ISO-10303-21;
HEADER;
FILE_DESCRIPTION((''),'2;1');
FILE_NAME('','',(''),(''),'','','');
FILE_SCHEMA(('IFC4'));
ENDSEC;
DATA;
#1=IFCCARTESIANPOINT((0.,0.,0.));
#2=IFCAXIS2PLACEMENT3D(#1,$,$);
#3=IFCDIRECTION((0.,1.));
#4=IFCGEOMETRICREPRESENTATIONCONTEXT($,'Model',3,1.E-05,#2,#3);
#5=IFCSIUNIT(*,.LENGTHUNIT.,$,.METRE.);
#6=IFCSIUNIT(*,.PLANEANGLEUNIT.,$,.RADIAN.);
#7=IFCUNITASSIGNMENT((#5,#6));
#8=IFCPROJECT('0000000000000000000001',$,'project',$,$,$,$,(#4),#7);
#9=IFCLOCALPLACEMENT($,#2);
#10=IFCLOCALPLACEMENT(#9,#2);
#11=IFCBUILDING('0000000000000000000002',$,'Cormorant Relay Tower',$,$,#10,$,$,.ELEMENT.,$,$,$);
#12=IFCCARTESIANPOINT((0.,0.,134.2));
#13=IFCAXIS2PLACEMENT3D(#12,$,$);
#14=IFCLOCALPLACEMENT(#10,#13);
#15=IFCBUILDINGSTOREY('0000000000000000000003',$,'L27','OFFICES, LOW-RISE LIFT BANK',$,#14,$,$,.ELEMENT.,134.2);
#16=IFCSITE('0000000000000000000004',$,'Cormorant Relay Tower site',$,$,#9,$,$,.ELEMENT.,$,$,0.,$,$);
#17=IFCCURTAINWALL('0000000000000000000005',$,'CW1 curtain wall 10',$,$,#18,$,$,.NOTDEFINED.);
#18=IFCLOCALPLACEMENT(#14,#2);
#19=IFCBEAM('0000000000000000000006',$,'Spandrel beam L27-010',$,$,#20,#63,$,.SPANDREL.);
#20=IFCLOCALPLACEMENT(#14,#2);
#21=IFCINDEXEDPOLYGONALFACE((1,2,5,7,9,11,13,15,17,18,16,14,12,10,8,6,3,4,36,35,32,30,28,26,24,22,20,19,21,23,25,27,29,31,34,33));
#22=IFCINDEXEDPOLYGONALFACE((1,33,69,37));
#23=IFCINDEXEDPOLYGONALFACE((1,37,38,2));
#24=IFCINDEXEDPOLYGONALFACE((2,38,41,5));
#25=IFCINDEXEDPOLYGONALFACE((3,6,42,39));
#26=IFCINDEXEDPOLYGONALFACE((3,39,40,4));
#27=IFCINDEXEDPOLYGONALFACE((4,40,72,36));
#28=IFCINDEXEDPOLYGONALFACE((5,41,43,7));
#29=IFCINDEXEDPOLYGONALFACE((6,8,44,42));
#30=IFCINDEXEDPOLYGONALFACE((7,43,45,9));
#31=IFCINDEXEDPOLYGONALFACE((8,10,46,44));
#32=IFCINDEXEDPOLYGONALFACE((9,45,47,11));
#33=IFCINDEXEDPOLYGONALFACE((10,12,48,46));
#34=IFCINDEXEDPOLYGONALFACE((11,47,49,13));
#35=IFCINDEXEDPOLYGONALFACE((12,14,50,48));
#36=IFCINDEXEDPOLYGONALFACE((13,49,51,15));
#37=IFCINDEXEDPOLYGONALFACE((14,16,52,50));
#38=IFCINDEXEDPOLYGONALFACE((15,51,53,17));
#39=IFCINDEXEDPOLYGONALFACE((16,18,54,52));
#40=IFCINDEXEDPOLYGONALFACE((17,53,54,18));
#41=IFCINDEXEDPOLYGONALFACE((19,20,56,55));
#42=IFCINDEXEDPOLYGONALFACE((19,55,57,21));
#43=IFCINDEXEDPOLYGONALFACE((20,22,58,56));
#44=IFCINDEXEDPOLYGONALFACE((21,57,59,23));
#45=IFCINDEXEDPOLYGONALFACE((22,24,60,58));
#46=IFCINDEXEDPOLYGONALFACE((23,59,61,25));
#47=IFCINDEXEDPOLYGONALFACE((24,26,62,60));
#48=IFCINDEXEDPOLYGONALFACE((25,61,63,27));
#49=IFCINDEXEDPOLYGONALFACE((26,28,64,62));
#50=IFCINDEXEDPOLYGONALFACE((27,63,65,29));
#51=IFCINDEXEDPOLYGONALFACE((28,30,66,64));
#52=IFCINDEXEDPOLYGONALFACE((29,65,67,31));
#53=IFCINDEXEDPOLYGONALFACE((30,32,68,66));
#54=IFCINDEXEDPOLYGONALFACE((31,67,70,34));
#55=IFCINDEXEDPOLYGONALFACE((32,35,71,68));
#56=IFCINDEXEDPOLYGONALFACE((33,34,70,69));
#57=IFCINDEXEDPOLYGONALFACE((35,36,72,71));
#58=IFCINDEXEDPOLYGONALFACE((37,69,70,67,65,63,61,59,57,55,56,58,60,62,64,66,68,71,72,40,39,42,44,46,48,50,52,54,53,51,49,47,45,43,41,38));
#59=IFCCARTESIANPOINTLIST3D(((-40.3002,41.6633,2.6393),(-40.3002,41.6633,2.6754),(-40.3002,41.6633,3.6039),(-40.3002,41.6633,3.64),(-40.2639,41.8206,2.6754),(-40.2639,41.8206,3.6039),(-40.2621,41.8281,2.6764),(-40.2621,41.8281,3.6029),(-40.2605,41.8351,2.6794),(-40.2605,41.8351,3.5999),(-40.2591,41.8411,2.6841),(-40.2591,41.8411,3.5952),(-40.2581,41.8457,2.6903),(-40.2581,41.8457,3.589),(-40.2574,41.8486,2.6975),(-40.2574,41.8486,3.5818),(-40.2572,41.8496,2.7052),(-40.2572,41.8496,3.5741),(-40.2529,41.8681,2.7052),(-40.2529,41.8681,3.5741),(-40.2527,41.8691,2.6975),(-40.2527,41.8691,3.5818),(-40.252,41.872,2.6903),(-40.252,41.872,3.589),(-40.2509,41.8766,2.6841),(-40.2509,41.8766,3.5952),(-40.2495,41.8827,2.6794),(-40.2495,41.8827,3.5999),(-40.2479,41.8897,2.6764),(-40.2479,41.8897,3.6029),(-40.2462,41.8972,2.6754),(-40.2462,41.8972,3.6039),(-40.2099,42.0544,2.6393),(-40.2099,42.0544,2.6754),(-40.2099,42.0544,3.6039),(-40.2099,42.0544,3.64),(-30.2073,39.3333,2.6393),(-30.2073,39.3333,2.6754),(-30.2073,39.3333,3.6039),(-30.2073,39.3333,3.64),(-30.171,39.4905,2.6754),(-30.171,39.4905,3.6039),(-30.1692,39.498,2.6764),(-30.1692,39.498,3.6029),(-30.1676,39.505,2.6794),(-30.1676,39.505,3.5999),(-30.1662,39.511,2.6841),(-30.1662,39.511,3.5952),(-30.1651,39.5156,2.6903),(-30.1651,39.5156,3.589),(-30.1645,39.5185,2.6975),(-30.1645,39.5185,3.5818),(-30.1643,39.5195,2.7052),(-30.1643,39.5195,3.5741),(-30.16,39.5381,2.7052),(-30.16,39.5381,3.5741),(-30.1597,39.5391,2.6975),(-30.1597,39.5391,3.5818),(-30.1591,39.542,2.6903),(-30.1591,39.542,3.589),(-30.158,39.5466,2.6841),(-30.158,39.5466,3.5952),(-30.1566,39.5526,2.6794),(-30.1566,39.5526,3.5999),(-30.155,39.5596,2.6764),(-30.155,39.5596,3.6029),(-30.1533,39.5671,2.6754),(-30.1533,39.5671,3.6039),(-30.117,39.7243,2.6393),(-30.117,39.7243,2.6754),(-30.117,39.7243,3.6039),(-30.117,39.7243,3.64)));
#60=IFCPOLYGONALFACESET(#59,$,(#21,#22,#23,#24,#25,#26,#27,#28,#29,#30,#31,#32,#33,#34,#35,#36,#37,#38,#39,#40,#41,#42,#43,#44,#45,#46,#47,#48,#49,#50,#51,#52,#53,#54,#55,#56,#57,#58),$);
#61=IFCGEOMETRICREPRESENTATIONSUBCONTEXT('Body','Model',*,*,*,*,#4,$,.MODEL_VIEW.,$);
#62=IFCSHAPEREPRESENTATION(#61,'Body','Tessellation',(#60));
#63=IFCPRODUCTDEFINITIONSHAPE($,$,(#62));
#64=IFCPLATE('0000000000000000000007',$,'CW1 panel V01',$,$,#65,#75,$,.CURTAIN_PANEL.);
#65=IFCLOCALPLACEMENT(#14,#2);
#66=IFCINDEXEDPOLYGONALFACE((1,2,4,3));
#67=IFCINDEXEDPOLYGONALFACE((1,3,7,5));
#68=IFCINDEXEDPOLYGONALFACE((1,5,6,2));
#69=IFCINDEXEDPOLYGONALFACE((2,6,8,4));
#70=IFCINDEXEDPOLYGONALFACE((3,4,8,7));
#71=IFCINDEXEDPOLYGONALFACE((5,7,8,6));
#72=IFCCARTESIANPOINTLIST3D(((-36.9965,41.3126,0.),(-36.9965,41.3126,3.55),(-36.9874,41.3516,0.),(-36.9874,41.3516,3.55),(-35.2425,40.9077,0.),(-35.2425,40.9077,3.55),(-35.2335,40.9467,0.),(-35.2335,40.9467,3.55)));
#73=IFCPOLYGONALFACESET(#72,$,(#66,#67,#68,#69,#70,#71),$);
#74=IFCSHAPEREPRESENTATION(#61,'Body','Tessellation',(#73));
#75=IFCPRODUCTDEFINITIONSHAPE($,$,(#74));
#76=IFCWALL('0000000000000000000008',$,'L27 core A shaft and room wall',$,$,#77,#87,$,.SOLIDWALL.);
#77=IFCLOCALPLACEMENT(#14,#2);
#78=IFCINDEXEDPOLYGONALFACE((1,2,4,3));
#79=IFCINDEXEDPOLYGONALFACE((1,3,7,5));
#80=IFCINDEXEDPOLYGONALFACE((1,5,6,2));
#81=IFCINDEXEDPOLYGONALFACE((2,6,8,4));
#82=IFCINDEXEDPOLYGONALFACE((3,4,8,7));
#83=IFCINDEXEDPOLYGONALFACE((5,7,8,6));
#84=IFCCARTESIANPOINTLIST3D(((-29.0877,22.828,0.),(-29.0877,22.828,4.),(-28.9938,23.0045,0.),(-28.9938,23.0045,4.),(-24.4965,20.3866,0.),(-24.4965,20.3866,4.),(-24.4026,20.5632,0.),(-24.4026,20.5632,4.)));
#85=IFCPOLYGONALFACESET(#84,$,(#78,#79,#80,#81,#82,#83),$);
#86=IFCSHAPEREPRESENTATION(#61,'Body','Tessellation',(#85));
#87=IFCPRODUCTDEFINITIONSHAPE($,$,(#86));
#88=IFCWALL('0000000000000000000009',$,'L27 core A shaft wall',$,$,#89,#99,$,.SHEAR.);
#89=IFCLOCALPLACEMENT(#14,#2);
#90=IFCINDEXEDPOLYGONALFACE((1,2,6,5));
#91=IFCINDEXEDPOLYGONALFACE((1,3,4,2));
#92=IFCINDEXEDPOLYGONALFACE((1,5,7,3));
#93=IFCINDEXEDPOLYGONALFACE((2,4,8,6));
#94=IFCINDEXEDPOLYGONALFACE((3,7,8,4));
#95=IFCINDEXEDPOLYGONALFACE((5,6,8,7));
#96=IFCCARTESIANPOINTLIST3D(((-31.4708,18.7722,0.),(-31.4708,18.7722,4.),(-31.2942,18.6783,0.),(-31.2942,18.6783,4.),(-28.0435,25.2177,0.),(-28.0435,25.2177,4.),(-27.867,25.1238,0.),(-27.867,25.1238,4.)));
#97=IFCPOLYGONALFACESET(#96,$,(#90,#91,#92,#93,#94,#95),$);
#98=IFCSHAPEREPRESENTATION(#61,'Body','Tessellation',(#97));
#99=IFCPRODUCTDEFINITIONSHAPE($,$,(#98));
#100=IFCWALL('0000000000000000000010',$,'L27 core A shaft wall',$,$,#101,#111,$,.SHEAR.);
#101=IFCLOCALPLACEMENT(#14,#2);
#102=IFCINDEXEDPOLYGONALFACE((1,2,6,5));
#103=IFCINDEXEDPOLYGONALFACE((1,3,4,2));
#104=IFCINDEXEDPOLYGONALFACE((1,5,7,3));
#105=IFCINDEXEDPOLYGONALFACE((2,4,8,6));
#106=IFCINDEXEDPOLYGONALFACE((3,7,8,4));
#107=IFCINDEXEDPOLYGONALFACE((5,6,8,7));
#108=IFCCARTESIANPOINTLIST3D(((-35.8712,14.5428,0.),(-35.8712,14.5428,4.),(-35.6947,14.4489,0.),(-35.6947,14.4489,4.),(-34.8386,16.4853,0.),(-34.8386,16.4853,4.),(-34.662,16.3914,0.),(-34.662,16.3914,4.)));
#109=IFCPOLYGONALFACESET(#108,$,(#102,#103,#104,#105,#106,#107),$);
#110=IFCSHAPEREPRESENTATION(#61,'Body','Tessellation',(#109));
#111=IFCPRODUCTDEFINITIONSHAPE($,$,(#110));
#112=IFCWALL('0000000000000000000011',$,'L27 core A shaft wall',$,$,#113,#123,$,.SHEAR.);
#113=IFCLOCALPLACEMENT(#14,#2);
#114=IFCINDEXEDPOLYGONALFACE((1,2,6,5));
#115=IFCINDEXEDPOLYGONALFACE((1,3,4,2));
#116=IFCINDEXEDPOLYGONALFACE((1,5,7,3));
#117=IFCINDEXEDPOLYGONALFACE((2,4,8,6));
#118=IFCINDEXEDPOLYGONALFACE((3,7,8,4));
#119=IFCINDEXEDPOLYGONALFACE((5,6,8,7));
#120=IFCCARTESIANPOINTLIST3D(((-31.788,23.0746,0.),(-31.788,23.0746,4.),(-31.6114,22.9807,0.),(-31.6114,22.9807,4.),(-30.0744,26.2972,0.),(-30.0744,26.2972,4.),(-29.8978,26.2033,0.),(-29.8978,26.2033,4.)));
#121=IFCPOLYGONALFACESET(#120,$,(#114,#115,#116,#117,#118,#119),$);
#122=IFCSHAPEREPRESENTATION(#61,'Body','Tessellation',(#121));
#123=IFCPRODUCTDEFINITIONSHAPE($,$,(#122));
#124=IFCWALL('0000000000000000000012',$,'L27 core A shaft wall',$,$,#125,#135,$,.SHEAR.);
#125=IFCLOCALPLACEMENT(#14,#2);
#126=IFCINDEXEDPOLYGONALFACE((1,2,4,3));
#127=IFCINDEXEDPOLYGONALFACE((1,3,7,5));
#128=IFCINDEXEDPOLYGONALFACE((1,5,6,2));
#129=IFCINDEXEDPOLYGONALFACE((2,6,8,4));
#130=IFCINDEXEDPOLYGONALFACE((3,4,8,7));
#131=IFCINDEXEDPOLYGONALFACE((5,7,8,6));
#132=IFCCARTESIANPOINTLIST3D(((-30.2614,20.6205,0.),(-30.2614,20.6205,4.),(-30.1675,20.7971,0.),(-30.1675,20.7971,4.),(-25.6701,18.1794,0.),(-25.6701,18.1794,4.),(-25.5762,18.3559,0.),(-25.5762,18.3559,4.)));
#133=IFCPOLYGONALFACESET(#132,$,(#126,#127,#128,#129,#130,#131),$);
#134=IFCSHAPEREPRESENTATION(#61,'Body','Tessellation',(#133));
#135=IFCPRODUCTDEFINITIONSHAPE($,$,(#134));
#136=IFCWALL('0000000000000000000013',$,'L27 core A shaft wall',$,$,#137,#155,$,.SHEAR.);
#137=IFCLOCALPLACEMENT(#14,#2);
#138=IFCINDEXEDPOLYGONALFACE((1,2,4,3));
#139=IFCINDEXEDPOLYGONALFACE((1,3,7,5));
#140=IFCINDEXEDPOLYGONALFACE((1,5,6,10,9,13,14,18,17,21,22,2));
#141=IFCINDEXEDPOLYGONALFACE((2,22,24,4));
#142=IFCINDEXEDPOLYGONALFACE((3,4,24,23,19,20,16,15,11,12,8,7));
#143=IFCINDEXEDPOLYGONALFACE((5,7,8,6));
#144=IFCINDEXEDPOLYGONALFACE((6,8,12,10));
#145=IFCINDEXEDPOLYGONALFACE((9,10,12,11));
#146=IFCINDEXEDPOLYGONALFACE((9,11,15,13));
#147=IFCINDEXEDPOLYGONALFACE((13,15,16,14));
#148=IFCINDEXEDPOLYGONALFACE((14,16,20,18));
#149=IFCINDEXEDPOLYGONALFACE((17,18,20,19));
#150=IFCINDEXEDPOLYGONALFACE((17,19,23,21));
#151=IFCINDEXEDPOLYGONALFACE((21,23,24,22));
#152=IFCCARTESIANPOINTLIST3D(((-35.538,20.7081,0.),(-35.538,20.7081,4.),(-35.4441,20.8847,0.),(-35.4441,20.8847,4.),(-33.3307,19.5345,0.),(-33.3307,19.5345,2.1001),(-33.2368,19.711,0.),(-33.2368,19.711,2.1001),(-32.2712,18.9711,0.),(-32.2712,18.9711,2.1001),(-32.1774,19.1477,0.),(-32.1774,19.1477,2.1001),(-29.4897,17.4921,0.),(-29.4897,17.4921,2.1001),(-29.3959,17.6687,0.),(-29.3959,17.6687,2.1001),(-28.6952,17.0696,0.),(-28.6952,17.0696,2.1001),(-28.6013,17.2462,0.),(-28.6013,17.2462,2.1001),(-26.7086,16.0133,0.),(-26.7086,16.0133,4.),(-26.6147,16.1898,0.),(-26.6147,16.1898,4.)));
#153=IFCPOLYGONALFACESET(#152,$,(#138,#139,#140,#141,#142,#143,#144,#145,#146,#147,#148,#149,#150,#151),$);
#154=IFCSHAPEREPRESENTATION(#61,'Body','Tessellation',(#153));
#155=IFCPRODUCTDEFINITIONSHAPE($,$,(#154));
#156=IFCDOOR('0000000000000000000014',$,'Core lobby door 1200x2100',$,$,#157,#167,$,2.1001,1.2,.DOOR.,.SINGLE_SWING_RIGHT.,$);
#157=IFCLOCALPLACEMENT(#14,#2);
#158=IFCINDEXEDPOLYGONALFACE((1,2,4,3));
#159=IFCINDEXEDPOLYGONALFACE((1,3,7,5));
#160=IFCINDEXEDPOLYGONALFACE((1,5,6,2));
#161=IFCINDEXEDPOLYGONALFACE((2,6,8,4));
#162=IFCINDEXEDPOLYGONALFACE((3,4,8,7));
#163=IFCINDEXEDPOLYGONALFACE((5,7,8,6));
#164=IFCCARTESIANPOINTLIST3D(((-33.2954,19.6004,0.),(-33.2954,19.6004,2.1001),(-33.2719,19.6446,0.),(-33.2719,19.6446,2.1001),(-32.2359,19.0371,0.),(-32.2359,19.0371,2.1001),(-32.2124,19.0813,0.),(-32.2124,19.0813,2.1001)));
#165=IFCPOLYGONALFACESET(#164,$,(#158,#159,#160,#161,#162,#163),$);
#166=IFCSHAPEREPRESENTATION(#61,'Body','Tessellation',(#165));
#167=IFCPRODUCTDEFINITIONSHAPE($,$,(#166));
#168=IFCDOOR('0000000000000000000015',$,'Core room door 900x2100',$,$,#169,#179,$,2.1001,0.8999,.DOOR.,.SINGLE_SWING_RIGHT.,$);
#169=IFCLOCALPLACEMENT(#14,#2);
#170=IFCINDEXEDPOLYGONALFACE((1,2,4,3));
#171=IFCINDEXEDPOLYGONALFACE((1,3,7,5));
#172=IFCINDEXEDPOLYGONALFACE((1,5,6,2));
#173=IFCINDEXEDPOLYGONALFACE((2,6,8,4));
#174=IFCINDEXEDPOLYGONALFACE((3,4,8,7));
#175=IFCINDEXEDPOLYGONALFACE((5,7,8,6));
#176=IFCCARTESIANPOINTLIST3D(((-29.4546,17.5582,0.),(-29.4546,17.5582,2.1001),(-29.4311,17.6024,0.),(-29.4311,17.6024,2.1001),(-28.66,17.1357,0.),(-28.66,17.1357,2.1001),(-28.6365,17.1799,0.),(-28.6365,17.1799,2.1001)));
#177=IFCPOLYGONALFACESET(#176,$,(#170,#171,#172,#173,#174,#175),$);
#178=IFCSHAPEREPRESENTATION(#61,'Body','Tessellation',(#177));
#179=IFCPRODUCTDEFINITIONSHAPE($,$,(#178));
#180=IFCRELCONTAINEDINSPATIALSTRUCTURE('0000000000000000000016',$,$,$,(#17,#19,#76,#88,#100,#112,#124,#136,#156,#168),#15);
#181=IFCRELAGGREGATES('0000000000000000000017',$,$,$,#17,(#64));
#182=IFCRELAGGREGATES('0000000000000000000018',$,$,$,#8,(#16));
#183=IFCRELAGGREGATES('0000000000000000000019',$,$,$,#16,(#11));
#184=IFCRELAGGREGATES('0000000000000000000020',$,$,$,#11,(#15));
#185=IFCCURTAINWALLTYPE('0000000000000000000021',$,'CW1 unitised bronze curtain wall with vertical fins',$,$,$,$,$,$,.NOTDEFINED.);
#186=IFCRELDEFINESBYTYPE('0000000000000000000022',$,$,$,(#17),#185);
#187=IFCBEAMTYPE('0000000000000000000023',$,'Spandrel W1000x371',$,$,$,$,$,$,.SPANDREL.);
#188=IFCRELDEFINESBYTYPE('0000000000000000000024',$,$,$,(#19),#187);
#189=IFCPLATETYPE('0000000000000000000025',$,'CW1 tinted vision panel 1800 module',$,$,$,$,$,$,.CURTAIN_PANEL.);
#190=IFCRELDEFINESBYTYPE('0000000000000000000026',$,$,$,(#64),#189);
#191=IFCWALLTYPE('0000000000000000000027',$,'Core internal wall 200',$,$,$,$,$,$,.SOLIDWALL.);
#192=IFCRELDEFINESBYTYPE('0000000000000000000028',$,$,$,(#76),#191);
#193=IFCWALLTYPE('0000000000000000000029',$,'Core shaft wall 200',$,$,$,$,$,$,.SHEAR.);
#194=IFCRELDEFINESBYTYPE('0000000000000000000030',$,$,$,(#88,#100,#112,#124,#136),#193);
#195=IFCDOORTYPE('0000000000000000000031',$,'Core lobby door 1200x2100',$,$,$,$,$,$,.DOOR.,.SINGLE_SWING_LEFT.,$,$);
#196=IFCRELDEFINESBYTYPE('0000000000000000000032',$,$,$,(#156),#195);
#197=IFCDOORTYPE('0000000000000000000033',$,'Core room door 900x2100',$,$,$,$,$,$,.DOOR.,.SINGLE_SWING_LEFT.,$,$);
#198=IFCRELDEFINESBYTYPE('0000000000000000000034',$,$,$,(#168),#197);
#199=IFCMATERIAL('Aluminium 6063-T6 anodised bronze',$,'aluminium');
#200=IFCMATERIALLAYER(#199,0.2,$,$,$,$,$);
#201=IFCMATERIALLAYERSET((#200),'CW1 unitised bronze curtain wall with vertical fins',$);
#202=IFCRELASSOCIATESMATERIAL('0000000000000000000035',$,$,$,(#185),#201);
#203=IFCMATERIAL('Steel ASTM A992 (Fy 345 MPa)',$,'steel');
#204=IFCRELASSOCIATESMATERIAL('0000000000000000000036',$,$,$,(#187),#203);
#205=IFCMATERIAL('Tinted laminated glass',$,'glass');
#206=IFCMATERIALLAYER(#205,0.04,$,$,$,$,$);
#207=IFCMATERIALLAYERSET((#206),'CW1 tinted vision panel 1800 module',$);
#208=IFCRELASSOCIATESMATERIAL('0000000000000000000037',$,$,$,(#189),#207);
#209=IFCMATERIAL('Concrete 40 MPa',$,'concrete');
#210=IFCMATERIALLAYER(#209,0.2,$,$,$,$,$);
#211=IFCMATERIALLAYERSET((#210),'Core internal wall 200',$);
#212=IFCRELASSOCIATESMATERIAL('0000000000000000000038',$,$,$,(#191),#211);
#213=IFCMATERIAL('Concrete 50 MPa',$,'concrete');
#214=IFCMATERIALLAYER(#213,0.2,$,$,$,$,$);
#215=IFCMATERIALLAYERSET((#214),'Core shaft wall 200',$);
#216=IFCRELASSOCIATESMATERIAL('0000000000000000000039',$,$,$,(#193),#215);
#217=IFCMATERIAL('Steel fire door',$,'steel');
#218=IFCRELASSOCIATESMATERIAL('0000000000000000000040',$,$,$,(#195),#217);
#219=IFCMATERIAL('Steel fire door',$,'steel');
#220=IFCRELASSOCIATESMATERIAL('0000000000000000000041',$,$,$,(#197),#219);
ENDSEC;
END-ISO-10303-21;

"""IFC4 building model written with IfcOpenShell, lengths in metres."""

from ifc_helpers import new_model, si_unit, direction, frame, frame_2d, origin, origin_2d, place, context, subcontext, project, spatial, rectangle, i_section, extrude, material, layer, layer_set, material_profile, profile_set, type_object, element, fill, aggregate, save


model = new_model("IFC4")

# Units and contexts
model_context = context("Model", 3, precision=1e-05, world=origin(), true_north=direction((0.0, 1.0)))
body_context = subcontext(model_context, "Body", "Model", "MODEL_VIEW")
ifc_project = project(units=[si_unit("LENGTHUNIT", "METRE"), si_unit("PLANEANGLEUNIT", "RADIAN")], contexts=[model_context])

# Site, building, storey
site_placement = place(None, origin())
site = spatial("IfcSite", under=ifc_project, at=site_placement, Name="Cormorant Relay Tower site", CompositionType="ELEMENT", RefElevation=0.0)
building_placement = place(site_placement, origin())
building = spatial("IfcBuilding", under=site, at=building_placement, Name="Cormorant Relay Tower", CompositionType="ELEMENT")
storey_placement = place(building_placement, frame((0.0, 0.0, 134.2)))
storey = spatial("IfcBuildingStorey", under=building, at=storey_placement, Name="L27", Description="OFFICES, LOW-RISE LIFT BANK", CompositionType="ELEMENT", Elevation=134.2)

# Shared definitions
ifc_material_1 = material(Name="Aluminium 6063-T6 anodised bronze", Category="aluminium")
ifc_layer_1 = layer(ifc_material_1, 0.2)
ifc_layer_set_1 = layer_set([ifc_layer_1], Name="CW1 unitised bronze curtain wall with vertical fins")
curtain_wall_type = type_object("IfcCurtainWallType", Name="CW1 unitised bronze curtain wall with vertical fins", PredefinedType="NOTDEFINED", material=ifc_layer_set_1)

# Curtain wall
curtain_wall_1_placement = place(storey_placement, origin())
curtain_wall_1 = element("IfcCurtainWall", 1, at=curtain_wall_1_placement, inside=storey, type_object=curtain_wall_type, Name="CW1 curtain wall 10", PredefinedType="NOTDEFINED")

# Beam
ifc_material_2 = material(Name="Steel ASTM A992 (Fy 345 MPa)", Category="steel")
ifc_material_profile_1 = material_profile(ifc_material_2, i_section(OverallWidth=0.4014, OverallDepth=1.0007, WebThickness=0.019, FlangeThickness=0.0361, FilletRadius=0.0298, at=origin_2d()), Name="W1000x371")
ifc_profile_set_1 = profile_set([ifc_material_profile_1], Name="Steel ASTM A992 (Fy 345 MPa)")
beam_type = type_object("IfcBeamType", Name="Spandrel W1000x371", PredefinedType="SPANDREL", material=ifc_profile_set_1)
beam_placement = place(storey_placement, frame((-30.1621, 39.5288, 3.1396), z_axis=(-0.974372, 0.224944, 0.0), x_axis=(-0.224944, -0.974372, 0.0)))
element("IfcBeam", 2, at=beam_placement, inside=storey, type_object=beam_type, Name="Spandrel beam L27-010", PredefinedType="SPANDREL", context=body_context, shape_type="SweptSolid", body=[
    extrude(i_section(OverallWidth=0.4014, OverallDepth=1.0007, WebThickness=0.019, FlangeThickness=0.0361, FilletRadius=0.0298, at=origin_2d()), origin(), (0.0, 0.0, 1.0), 10.3584),
])

# Plate
ifc_material_3 = material(Name="Tinted laminated glass", Category="glass")
ifc_layer_2 = layer(ifc_material_3, 0.04)
ifc_layer_set_2 = layer_set([ifc_layer_2], Name="CW1 tinted vision panel 1800 module")
plate_type = type_object("IfcPlateType", Name="CW1 tinted vision panel 1800 module", PredefinedType="CURTAIN_PANEL", material=ifc_layer_set_2)
plate_placement = place(storey_placement, frame((-36.115, 41.1296, 0.0), z_axis=(0.0, 0.0, 1.0), x_axis=(-0.97437, 0.224951, 0.0)))
plate = element("IfcPlate", 3, at=plate_placement, type_object=plate_type, Name="CW1 panel V01", PredefinedType="CURTAIN_PANEL", context=body_context, shape_type="SweptSolid", body=[
    extrude(rectangle(XDim=1.8, YDim=0.04, at=origin_2d()), origin(), (0.0, 0.0, 1.0), 3.55),
])

# Walls
ifc_material_4 = material(Name="Concrete 40 MPa", Category="concrete")
ifc_layer_3 = layer(ifc_material_4, 0.2)
ifc_layer_set_3 = layer_set([ifc_layer_3], Name="Core internal wall 200")
wall_type_1 = type_object("IfcWallType", Name="Core internal wall 200", PredefinedType="SOLIDWALL", material=ifc_layer_set_3)
wall_1_placement = place(storey_placement, frame((-24.4495, 20.4749, 0.0), z_axis=(0.0, 0.0, 1.0), x_axis=(-0.882935, 0.469496, 0.0)))
element("IfcWall", 4, at=wall_1_placement, inside=storey, type_object=wall_type_1, Name="L27 core A shaft and room wall", PredefinedType="SOLIDWALL", context=body_context, shape_type="SweptSolid", body=[
    extrude(rectangle(XDim=5.2, YDim=0.2, at=frame_2d((2.6001, 0.0))), origin(), (0.0, 0.0, 1.0), 4.0),
])
ifc_material_5 = material(Name="Concrete 50 MPa", Category="concrete")
ifc_layer_4 = layer(ifc_material_5, 0.2)
ifc_layer_set_4 = layer_set([ifc_layer_4], Name="Core shaft wall 200")
wall_type_2 = type_object("IfcWallType", Name="Core shaft wall 200", PredefinedType="SHEAR", material=ifc_layer_set_4)
wall_2_placement = place(storey_placement, frame((-27.9553, 25.1707, 0.0), z_axis=(0.0, 0.0, 1.0), x_axis=(-0.46948, -0.882943, 0.0)))
element("IfcWall", 5, at=wall_2_placement, inside=storey, type_object=wall_type_2, Name="L27 core A shaft wall", PredefinedType="SHEAR", context=body_context, shape_type="SweptSolid", body=[
    extrude(rectangle(XDim=7.3, YDim=0.2, at=frame_2d((3.6499, 0.0))), origin(), (0.0, 0.0, 1.0), 4.0),
])
wall_3_placement = place(storey_placement, frame((-34.7502, 16.4385, 0.0), z_axis=(0.0, 0.0, 1.0), x_axis=(-0.469401, -0.882985, 0.0)))
element("IfcWall", 6, at=wall_3_placement, inside=storey, type_object=wall_type_2, Name="L27 core A shaft wall", PredefinedType="SHEAR", context=body_context, shape_type="SweptSolid", body=[
    extrude(rectangle(XDim=2.2, YDim=0.2, at=frame_2d((1.1001, 0.0))), origin(), (0.0, 0.0, 1.0), 4.0),
])
wall_4_placement = place(storey_placement, frame((-29.9861, 26.2502, 0.0), z_axis=(0.0, 0.0, 1.0), x_axis=(-0.469494, -0.882936, 0.0)))
element("IfcWall", 7, at=wall_4_placement, inside=storey, type_object=wall_type_2, Name="L27 core A shaft wall", PredefinedType="SHEAR", context=body_context, shape_type="SweptSolid", body=[
    extrude(rectangle(XDim=3.6499, YDim=0.2, at=frame_2d((1.825, 0.0))), origin(), (0.0, 0.0, 1.0), 4.0),
])

# Wall
wall_5_placement = place(storey_placement, frame((-25.623, 18.2676, 0.0), z_axis=(0.0, 0.0, 1.0), x_axis=(-0.882954, 0.46946, 0.0)))
element("IfcWall", 8, at=wall_5_placement, inside=storey, type_object=wall_type_2, Name="L27 core A shaft wall", PredefinedType="SHEAR", context=body_context, shape_type="SweptSolid", body=[
    extrude(rectangle(XDim=5.2, YDim=0.2, at=frame_2d((2.6001, 0.0))), origin(), (0.0, 0.0, 1.0), 4.0),
])

# Wall, openings, doors
wall_6_placement = place(storey_placement, frame((-26.6616, 16.1016, 0.0), z_axis=(0.0, 0.0, 1.0), x_axis=(-0.88294, 0.469485, 0.0)))
wall_6 = element("IfcWall", 9, at=wall_6_placement, inside=storey, type_object=wall_type_2, Name="L27 core A shaft wall", PredefinedType="SHEAR", context=body_context, shape_type="SweptSolid", body=[
    extrude(rectangle(XDim=10.0, YDim=0.2, at=frame_2d((5.0, 0.0))), origin(), (0.0, 0.0, 1.0), 4.0),
])
opening_1_placement = place(wall_6_placement, frame((6.3, 0.0, 0.0)))
opening_1 = element("IfcOpeningElement", 10, at=opening_1_placement, cuts=wall_6, PredefinedType="OPENING", context=body_context, shape_type="SweptSolid", body=[
    extrude(rectangle(XDim=1.2, YDim=2.1001, at=frame_2d((0.6001, 1.05))), frame((0.0, 0.1099, 0.0), z_axis=(0.0, -1.0, 0.0), x_axis=(1.0, 0.0, 0.0)), (0.0, 0.0, 1.0), 0.22),
])
opening_2_placement = place(wall_6_placement, frame((2.25, 0.0, 0.0)))
opening_2 = element("IfcOpeningElement", 11, at=opening_2_placement, cuts=wall_6, PredefinedType="OPENING", context=body_context, shape_type="SweptSolid", body=[
    extrude(rectangle(XDim=0.8999, YDim=2.1001, at=frame_2d((0.45, 1.05))), frame((0.0, 0.1099, 0.0), z_axis=(0.0, -1.0, 0.0), x_axis=(1.0, 0.0, 0.0)), (0.0, 0.0, 1.0), 0.22),
])
ifc_material_6 = material(Name="Steel fire door", Category="steel")
door_type_1 = type_object("IfcDoorType", Name="Core lobby door 1200x2100", OperationType="SINGLE_SWING_LEFT", PredefinedType="DOOR", material=ifc_material_6)
door_1_placement = place(opening_1_placement, frame((1.2, 0.0, 0.0), z_axis=(0.0, 0.0, 1.0), x_axis=(-1.0, 0.0, 0.0)))
door_1 = element("IfcDoor", 12, at=door_1_placement, inside=storey, type_object=door_type_1, Name="Core lobby door 1200x2100", OperationType="SINGLE_SWING_RIGHT", OverallHeight=2.1001, OverallWidth=1.2, PredefinedType="DOOR", context=body_context, shape_type="SweptSolid", body=[
    extrude(rectangle(XDim=1.2, YDim=2.1001, at=frame_2d((0.6001, 1.05))), frame((0.0, 0.0249, 0.0), z_axis=(0.0, -1.0, 0.0), x_axis=(1.0, 0.0, 0.0)), (0.0, 0.0, 1.0), 0.05),
])
fill(opening_1, door_1)
ifc_material_7 = material(Name="Steel fire door", Category="steel")
door_type_2 = type_object("IfcDoorType", Name="Core room door 900x2100", OperationType="SINGLE_SWING_LEFT", PredefinedType="DOOR", material=ifc_material_7)
door_2_placement = place(opening_2_placement, frame((0.8999, 0.0, 0.0), z_axis=(0.0, 0.0, 1.0), x_axis=(-1.0, 0.0, 0.0)))
door_2 = element("IfcDoor", 13, at=door_2_placement, inside=storey, type_object=door_type_2, Name="Core room door 900x2100", OperationType="SINGLE_SWING_RIGHT", OverallHeight=2.1001, OverallWidth=0.8999, PredefinedType="DOOR", context=body_context, shape_type="SweptSolid", body=[
    extrude(rectangle(XDim=0.8999, YDim=2.1001, at=frame_2d((0.45, 1.05))), frame((0.0, 0.0249, 0.0), z_axis=(0.0, -1.0, 0.0), x_axis=(1.0, 0.0, 0.0)), (0.0, 0.0, 1.0), 0.05),
])
fill(opening_2, door_2)

aggregate(curtain_wall_1, [plate])

save(model, "model.ifc")
